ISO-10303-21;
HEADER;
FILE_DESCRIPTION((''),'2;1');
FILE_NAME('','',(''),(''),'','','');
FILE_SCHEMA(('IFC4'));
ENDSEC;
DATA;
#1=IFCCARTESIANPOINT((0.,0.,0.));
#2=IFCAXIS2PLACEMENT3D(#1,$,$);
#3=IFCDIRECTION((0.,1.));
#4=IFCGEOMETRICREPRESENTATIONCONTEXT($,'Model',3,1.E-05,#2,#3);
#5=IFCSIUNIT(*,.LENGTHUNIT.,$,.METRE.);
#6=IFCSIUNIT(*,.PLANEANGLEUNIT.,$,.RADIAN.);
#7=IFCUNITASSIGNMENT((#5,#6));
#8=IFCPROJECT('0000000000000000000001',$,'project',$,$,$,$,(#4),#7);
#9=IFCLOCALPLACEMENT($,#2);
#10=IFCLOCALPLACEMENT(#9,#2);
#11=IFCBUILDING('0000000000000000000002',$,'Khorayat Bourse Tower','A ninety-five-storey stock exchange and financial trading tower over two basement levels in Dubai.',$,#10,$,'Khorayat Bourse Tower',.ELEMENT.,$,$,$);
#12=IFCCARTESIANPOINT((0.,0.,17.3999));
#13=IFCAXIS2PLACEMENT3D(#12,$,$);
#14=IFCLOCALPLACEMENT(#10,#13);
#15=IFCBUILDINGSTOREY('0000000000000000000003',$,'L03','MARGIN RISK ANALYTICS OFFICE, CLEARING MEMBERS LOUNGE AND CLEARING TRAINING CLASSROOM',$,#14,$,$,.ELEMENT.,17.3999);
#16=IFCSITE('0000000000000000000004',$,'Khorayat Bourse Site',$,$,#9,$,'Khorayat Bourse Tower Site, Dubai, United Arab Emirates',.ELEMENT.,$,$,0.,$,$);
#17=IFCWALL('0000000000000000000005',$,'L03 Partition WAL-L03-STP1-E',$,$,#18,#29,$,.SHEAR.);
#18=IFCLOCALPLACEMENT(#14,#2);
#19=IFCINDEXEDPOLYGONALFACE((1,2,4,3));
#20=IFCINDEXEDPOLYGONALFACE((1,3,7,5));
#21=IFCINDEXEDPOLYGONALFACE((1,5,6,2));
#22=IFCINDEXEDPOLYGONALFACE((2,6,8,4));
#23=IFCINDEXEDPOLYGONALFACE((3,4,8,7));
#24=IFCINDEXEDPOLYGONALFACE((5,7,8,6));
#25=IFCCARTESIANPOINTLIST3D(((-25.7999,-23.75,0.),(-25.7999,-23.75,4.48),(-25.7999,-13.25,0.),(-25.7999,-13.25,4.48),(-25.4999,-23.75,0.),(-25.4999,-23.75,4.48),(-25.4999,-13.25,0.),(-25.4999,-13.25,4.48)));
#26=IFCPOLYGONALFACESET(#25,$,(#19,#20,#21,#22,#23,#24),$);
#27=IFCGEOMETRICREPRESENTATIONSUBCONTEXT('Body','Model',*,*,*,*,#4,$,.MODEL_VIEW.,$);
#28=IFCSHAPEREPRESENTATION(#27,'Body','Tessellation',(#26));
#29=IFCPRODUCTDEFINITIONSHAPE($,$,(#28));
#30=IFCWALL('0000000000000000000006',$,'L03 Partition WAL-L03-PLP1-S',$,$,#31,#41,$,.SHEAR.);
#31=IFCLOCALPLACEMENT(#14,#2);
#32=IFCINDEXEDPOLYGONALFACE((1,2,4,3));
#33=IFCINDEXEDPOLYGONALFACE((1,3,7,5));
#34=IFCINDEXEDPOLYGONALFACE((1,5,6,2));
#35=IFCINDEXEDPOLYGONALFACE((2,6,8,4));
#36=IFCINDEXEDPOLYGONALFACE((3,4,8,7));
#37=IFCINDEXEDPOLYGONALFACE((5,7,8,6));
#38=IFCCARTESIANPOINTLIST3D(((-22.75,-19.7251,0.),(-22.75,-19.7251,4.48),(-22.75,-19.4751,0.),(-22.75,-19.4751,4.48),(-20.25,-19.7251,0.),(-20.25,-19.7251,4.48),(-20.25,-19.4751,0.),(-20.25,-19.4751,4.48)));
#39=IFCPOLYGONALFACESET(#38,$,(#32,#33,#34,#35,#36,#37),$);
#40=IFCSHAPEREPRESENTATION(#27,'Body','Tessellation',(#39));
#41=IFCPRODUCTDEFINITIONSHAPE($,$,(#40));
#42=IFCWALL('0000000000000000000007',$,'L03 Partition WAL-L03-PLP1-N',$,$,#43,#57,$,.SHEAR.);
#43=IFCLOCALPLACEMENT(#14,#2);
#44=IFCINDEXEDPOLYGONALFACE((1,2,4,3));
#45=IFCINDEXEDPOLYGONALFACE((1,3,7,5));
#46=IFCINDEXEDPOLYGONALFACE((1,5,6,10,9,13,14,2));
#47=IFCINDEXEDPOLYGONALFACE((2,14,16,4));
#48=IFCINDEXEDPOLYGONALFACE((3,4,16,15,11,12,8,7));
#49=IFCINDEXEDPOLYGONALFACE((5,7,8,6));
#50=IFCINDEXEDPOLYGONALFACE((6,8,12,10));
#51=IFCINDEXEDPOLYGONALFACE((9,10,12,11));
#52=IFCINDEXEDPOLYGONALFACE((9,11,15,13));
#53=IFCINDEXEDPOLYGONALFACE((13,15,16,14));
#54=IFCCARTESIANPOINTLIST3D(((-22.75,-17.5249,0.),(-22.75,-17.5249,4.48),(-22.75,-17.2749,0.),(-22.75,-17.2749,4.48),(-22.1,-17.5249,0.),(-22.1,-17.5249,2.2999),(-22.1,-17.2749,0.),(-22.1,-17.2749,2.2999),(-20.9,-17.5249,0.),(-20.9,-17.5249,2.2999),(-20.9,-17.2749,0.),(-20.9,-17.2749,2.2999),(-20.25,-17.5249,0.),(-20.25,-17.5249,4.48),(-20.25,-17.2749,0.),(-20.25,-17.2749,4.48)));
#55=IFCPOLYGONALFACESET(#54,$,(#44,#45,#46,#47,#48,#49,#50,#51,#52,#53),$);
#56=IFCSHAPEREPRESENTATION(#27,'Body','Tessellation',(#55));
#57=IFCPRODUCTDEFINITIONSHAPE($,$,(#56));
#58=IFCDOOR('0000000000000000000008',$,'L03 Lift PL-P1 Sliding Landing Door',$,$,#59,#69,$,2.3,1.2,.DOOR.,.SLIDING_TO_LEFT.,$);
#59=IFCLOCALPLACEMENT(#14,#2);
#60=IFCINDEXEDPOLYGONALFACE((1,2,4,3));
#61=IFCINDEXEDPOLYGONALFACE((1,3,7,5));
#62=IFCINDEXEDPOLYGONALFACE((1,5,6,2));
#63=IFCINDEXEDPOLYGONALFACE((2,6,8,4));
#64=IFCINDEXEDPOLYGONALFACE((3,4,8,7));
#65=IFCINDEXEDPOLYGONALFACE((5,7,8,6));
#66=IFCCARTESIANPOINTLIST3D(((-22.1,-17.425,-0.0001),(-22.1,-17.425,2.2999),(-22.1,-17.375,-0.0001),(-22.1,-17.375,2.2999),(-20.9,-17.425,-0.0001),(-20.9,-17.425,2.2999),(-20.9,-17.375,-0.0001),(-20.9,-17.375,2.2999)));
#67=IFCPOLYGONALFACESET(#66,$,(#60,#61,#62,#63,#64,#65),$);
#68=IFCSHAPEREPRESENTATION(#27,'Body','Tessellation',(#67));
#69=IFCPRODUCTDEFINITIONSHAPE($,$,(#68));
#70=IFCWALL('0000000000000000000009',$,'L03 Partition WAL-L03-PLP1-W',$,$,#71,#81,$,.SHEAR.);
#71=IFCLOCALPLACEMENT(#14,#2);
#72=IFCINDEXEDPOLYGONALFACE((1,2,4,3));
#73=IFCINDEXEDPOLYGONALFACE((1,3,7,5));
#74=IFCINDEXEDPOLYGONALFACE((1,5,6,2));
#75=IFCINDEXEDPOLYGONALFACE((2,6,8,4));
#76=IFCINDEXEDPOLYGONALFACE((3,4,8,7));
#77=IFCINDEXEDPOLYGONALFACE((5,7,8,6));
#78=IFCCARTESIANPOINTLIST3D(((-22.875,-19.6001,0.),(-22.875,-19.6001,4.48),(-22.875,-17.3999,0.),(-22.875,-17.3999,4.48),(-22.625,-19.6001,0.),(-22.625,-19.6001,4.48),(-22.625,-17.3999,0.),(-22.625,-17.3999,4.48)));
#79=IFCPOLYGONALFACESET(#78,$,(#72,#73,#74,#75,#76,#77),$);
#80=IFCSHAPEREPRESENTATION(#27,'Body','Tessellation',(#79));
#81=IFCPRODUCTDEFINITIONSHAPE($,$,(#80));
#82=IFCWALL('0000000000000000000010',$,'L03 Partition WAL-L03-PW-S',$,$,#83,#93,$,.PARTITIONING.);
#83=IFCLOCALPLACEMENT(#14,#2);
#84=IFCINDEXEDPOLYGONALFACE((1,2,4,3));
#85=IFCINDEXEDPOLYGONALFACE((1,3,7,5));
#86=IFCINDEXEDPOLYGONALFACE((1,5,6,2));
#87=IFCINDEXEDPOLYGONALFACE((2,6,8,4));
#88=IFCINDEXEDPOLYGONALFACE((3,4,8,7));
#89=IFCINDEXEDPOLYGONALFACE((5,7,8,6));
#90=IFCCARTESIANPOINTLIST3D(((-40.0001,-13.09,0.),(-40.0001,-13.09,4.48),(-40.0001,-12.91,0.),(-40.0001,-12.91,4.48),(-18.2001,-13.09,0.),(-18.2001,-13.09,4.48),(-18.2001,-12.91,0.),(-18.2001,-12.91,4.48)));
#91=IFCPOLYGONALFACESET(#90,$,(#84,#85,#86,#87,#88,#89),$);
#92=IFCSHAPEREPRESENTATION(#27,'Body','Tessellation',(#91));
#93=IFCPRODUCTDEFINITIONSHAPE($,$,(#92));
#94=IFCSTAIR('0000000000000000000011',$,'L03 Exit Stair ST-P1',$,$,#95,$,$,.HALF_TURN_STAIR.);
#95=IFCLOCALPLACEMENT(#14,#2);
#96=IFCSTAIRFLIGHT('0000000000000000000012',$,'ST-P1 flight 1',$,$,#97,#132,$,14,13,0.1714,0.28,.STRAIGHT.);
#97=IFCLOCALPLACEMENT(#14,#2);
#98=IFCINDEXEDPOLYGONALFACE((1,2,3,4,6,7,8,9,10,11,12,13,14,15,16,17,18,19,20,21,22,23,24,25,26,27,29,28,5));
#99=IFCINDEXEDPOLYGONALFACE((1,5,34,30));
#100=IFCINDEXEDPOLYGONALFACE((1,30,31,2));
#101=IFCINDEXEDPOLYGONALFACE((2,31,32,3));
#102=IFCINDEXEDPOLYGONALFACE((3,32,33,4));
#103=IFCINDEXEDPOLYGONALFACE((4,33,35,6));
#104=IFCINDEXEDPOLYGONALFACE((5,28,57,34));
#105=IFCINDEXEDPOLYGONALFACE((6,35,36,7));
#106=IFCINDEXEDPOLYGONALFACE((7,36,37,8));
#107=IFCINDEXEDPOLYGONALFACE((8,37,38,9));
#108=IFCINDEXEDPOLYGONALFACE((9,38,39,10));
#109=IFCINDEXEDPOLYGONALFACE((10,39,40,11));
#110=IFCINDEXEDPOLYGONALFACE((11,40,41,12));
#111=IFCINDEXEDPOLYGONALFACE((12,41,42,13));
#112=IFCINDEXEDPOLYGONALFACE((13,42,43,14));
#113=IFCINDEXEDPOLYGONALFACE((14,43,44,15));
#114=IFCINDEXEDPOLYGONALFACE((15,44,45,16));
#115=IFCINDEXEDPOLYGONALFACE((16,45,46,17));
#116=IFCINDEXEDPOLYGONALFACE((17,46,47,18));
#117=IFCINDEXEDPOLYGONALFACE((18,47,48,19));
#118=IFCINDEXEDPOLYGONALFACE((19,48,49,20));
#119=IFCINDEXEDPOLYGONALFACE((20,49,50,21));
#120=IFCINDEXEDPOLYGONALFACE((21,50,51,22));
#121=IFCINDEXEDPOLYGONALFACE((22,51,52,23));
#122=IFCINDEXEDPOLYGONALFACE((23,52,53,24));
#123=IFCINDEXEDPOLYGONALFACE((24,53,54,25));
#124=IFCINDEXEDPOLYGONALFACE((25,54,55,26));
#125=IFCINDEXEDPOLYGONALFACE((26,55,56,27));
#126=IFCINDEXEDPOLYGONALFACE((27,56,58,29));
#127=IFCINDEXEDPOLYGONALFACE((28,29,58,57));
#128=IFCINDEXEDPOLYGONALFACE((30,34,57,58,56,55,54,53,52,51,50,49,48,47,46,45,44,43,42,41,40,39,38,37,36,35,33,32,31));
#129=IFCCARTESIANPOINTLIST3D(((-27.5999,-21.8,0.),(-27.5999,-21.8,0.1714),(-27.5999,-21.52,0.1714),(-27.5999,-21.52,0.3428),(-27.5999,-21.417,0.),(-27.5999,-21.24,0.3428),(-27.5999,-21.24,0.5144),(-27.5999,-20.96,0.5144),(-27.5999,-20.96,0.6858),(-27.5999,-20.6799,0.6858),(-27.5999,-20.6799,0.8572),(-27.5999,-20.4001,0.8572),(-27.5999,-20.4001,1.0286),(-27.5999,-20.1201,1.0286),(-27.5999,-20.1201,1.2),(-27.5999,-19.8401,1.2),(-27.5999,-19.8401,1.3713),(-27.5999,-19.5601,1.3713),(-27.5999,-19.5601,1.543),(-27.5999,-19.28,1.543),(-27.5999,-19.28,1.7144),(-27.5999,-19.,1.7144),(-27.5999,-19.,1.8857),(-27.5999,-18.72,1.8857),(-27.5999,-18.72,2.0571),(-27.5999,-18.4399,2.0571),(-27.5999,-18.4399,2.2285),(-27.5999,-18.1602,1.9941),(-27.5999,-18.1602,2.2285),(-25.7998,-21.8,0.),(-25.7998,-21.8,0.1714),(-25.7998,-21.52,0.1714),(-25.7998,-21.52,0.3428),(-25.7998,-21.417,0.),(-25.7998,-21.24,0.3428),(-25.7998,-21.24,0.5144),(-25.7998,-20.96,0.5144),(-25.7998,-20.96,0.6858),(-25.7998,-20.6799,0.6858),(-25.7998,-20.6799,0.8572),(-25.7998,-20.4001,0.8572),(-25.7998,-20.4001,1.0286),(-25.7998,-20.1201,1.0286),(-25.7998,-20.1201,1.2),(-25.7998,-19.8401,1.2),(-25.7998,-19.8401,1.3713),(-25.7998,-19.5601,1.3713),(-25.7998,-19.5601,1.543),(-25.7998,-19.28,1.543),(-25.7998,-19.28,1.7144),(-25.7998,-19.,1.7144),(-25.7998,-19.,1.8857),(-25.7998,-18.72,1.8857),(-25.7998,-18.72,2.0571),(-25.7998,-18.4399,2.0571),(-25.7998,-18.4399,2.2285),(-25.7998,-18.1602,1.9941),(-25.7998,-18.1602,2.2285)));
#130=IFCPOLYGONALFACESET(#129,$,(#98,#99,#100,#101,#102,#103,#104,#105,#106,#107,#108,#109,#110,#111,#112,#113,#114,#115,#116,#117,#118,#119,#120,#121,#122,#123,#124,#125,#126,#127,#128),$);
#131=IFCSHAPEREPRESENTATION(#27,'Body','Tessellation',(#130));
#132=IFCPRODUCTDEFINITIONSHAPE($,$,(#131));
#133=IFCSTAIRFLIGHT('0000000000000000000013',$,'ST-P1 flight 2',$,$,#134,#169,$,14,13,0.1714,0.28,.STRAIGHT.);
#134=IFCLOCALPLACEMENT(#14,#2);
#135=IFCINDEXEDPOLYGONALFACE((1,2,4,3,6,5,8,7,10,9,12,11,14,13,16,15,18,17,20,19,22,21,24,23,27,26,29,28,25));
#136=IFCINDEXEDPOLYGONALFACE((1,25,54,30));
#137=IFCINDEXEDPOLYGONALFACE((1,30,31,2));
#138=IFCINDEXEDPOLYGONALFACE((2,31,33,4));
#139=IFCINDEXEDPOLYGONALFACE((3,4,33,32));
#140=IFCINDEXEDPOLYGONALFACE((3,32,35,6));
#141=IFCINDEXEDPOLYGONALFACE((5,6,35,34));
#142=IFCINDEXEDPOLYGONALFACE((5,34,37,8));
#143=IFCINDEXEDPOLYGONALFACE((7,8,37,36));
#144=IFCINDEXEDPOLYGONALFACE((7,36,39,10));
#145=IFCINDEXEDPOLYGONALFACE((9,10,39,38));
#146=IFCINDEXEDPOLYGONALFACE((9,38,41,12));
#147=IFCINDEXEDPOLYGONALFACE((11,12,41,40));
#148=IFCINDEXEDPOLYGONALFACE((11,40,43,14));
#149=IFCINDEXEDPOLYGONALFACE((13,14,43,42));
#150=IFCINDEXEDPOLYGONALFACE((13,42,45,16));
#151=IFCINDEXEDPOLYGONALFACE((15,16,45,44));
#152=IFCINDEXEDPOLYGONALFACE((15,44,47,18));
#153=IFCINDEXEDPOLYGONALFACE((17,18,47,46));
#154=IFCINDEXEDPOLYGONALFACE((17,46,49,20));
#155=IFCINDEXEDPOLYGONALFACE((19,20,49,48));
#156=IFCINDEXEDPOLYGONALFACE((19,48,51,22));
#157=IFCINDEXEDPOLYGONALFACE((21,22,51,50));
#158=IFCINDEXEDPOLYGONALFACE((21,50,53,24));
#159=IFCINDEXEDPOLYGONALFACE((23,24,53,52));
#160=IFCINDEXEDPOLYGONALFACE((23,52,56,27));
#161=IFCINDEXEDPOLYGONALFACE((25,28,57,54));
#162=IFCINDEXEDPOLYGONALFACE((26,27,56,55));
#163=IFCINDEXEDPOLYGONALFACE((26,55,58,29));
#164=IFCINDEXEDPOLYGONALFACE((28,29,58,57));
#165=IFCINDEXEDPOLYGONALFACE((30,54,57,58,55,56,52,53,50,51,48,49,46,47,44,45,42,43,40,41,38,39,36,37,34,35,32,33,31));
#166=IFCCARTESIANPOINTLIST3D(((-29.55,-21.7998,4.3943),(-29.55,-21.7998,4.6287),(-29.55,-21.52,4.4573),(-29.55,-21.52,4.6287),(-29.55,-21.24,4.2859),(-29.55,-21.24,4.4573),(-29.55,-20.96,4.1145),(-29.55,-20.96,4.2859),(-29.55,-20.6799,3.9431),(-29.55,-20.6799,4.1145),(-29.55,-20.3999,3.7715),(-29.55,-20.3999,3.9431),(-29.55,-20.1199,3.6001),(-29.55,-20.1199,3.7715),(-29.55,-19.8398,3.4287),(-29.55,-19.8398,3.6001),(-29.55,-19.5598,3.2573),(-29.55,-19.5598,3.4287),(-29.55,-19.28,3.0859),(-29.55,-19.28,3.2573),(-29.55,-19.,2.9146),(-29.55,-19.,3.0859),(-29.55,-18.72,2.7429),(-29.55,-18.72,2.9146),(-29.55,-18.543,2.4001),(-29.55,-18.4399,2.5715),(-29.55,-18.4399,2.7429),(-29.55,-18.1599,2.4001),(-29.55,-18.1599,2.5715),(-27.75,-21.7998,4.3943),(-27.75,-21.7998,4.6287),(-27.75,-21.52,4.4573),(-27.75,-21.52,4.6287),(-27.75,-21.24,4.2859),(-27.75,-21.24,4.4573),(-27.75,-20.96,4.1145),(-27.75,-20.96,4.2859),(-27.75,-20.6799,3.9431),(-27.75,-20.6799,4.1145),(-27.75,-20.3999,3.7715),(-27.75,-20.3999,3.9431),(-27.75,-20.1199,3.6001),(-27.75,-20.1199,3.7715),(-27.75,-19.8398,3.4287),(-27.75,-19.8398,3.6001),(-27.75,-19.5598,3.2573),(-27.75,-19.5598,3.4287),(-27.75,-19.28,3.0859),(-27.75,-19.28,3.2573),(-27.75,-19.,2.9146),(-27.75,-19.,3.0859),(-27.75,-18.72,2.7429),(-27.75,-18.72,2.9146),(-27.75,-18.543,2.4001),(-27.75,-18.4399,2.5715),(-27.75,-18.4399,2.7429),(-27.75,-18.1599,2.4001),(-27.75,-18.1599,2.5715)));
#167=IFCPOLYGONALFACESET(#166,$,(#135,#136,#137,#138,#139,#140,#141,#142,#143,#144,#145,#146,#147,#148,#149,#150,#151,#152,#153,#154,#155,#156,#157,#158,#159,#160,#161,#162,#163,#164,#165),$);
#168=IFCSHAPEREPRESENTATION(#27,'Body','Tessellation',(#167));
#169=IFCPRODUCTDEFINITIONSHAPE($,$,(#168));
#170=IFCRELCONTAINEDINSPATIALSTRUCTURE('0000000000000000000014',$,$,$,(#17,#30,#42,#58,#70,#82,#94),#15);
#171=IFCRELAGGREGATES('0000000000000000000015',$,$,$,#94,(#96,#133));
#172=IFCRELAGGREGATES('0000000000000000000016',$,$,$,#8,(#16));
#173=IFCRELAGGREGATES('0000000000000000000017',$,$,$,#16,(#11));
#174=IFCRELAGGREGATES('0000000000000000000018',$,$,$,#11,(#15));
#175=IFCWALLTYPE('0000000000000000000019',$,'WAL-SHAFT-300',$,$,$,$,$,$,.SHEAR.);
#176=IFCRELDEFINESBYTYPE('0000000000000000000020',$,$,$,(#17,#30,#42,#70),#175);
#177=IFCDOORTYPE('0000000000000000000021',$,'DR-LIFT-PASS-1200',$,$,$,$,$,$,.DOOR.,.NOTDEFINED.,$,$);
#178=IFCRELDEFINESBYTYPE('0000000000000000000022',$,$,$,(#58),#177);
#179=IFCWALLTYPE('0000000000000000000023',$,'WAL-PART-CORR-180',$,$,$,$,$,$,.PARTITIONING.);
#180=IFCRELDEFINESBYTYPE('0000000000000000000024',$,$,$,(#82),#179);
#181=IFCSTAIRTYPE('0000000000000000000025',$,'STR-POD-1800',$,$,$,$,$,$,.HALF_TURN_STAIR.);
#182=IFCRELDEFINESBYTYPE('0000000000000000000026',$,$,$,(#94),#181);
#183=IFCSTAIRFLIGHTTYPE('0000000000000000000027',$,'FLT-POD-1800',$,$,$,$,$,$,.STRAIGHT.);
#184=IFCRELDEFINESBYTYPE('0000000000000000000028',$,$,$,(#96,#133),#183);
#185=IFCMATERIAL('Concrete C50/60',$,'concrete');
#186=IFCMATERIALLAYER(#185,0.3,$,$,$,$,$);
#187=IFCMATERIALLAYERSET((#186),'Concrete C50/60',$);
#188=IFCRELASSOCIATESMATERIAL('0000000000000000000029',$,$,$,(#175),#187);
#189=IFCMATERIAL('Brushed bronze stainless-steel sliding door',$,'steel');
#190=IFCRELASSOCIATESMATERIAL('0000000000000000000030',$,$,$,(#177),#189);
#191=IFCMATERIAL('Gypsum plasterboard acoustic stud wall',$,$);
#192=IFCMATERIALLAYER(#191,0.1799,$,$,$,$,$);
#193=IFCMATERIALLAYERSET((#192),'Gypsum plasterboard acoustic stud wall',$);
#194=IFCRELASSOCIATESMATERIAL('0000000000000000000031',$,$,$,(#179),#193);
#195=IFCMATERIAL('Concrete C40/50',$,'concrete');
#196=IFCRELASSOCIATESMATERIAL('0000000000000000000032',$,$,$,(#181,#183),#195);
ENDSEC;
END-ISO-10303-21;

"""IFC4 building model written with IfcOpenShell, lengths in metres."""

from ifc_helpers import new_model, si_unit, direction, frame, frame_2d, origin, place, context, subcontext, project, spatial, polyline, rectangle, outline, extrude, source, transform, mapped, material, layer, layer_set, type_object, element, fill, aggregate, save


model = new_model("IFC4")

# Units and contexts
model_context = context("Model", 3, precision=1e-05, world=origin(), true_north=direction((0.0, 1.0)))
body_context = subcontext(model_context, "Body", "Model", "MODEL_VIEW")
ifc_project = project(units=[si_unit("LENGTHUNIT", "METRE"), si_unit("PLANEANGLEUNIT", "RADIAN")], contexts=[model_context])

# Site, building, storey
site_placement = place(None, origin())
site = spatial("IfcSite", under=ifc_project, at=site_placement, Name="Khorayat Bourse Site", LongName="Khorayat Bourse Tower Site, Dubai, United Arab Emirates", CompositionType="ELEMENT", RefElevation=0.0)
building_placement = place(site_placement, origin())
building = spatial("IfcBuilding", under=site, at=building_placement, Name="Khorayat Bourse Tower", Description="A ninety-five-storey stock exchange and financial trading tower over two basement levels in Dubai.", LongName="Khorayat Bourse Tower", CompositionType="ELEMENT")
storey_placement = place(building_placement, frame((0.0, 0.0, 17.3999)))
storey = spatial("IfcBuildingStorey", under=building, at=storey_placement, Name="L03", Description="MARGIN RISK ANALYTICS OFFICE, CLEARING MEMBERS LOUNGE AND CLEARING TRAINING CLASSROOM", CompositionType="ELEMENT", Elevation=17.3999)

# Shared definitions
ifc_material_1 = material(Name="Concrete C50/60", Category="concrete")
ifc_layer_1 = layer(ifc_material_1, 0.3)
ifc_layer_set_1 = layer_set([ifc_layer_1], Name="Concrete C50/60")
wall_type_1 = type_object("IfcWallType", Name="WAL-SHAFT-300", PredefinedType="SHEAR", material=ifc_layer_set_1)

# Walls
shared_shape_1 = source(origin(), body_context, "Body", "SweptSolid", [
    extrude(rectangle(XDim=10.5, YDim=0.3, at=frame_2d((5.25, 0.0))), origin(), (0.0, 0.0, 1.0), 4.48),
])
for number, where, z_axis, x_axis, name in (
    (1, (-25.6499, -23.75, 0.0), (0.0, 0.0, 1.0), (0.0, 1.0, 0.0), "L03 Partition WAL-L03-STP1-E"),
):
    element("IfcWall", number, at=place(storey_placement, frame(where, z_axis=z_axis, x_axis=x_axis)), inside=storey, type_object=wall_type_1, Name=name, PredefinedType="SHEAR", context=body_context, shape_type="MappedRepresentation", body=[
        mapped(shared_shape_1, transform((0.0, 0.0, 0.0), scale=1.0)),
    ])
shared_shape_2 = source(origin(), body_context, "Body", "SweptSolid", [
    extrude(rectangle(XDim=2.5, YDim=0.25, at=frame_2d((1.25, 0.0))), origin(), (0.0, 0.0, 1.0), 4.48),
])
wall_1_placement = place(storey_placement, frame((-22.75, -19.6001, 0.0), z_axis=(0.0, 0.0, 1.0), x_axis=(1.0, 0.0, 0.0)))
element("IfcWall", 2, at=wall_1_placement, inside=storey, type_object=wall_type_1, Name="L03 Partition WAL-L03-PLP1-S", PredefinedType="SHEAR", context=body_context, shape_type="MappedRepresentation", body=[
    mapped(shared_shape_2, transform((0.0, 0.0, 0.0), scale=1.0)),
])

# Wall, opening, door
wall_2_placement = place(storey_placement, frame((-22.75, -17.3999, 0.0), z_axis=(0.0, 0.0, 1.0), x_axis=(1.0, 0.0, 0.0)))
wall_2 = element("IfcWall", 3, at=wall_2_placement, inside=storey, type_object=wall_type_1, Name="L03 Partition WAL-L03-PLP1-N", PredefinedType="SHEAR", context=body_context, shape_type="MappedRepresentation", body=[
    mapped(shared_shape_2, transform((0.0, 0.0, 0.0), scale=1.0)),
])
shared_shape_3 = source(origin(), body_context, "Body", "SweptSolid", [
    extrude(rectangle(XDim=1.2, YDim=2.3, at=frame_2d((0.6001, 1.1499))), frame((0.0, 0.135, 0.0), z_axis=(0.0, -1.0, 0.0), x_axis=(1.0, 0.0, 0.0)), (0.0, 0.0, 1.0), 0.27),
])
opening_1_placement = place(wall_2_placement, frame((0.6499, 0.0, 0.0)))
opening_1 = element("IfcOpeningElement", 4, at=opening_1_placement, cuts=wall_2, PredefinedType="OPENING", context=body_context, shape_type="MappedRepresentation", body=[
    mapped(shared_shape_3, transform((0.0, 0.0, 0.0), scale=1.0)),
])
ifc_material_2 = material(Name="Brushed bronze stainless-steel sliding door", Category="steel")
door_type_1 = type_object("IfcDoorType", Name="DR-LIFT-PASS-1200", OperationType="NOTDEFINED", PredefinedType="DOOR", material=ifc_material_2)
shared_shape_4 = source(origin(), body_context, "Body", "SweptSolid", [
    extrude(rectangle(XDim=1.2, YDim=2.3, at=frame_2d((0.6001, 1.1499))), frame((0.0, 0.0249, 0.0), z_axis=(0.0, -1.0, 0.0), x_axis=(1.0, 0.0, 0.0)), (0.0, 0.0, 1.0), 0.05),
])
door_1_placement = place(opening_1_placement, origin())
door_1 = element("IfcDoor", 5, at=door_1_placement, inside=storey, type_object=door_type_1, Name="L03 Lift PL-P1 Sliding Landing Door", OperationType="SLIDING_TO_LEFT", OverallHeight=2.3, OverallWidth=1.2, PredefinedType="DOOR", context=body_context, shape_type="MappedRepresentation", body=[
    mapped(shared_shape_4, transform((0.0, 0.0, 0.0), scale=1.0)),
])
fill(opening_1, door_1)

# Walls
shared_shape_5 = source(origin(), body_context, "Body", "SweptSolid", [
    extrude(rectangle(XDim=2.2002, YDim=0.25, at=frame_2d((1.1001, 0.0))), origin(), (0.0, 0.0, 1.0), 4.48),
])
wall_3_placement = place(storey_placement, frame((-22.75, -19.6001, 0.0), z_axis=(0.0, 0.0, 1.0), x_axis=(0.0, 1.0, 0.0)))
element("IfcWall", 6, at=wall_3_placement, inside=storey, type_object=wall_type_1, Name="L03 Partition WAL-L03-PLP1-W", PredefinedType="SHEAR", context=body_context, shape_type="MappedRepresentation", body=[
    mapped(shared_shape_5, transform((0.0, 0.0, 0.0), scale=1.0)),
])
ifc_material_3 = material(Name="Gypsum plasterboard acoustic stud wall")
ifc_layer_2 = layer(ifc_material_3, 0.1799)
ifc_layer_set_2 = layer_set([ifc_layer_2], Name="Gypsum plasterboard acoustic stud wall")
wall_type_2 = type_object("IfcWallType", Name="WAL-PART-CORR-180", PredefinedType="PARTITIONING", material=ifc_layer_set_2)
shared_shape_6 = source(origin(), body_context, "Body", "SweptSolid", [
    extrude(rectangle(XDim=21.8, YDim=0.1799, at=frame_2d((10.8999, 0.0))), origin(), (0.0, 0.0, 1.0), 4.48),
])
wall_4_placement = place(storey_placement, frame((-40.0, -13.0, 0.0), z_axis=(0.0, 0.0, 1.0), x_axis=(1.0, 0.0, 0.0)))
element("IfcWall", 7, at=wall_4_placement, inside=storey, type_object=wall_type_2, Name="L03 Partition WAL-L03-PW-S", PredefinedType="PARTITIONING", context=body_context, shape_type="MappedRepresentation", body=[
    mapped(shared_shape_6, transform((0.0, 0.0, 0.0), scale=1.0)),
])

# Stair, stair flights
ifc_material_4 = material(Name="Concrete C40/50", Category="concrete")
stair_type = type_object("IfcStairType", Name="STR-POD-1800", PredefinedType="HALF_TURN_STAIR", material=ifc_material_4)
stair_placement = place(storey_placement, origin())
stair = element("IfcStair", 8, at=stair_placement, inside=storey, type_object=stair_type, Name="L03 Exit Stair ST-P1", PredefinedType="HALF_TURN_STAIR")
stair_flight_type = type_object("IfcStairFlightType", Name="FLT-POD-1800", PredefinedType="STRAIGHT", material=ifc_material_4)
shared_shape_7 = source(origin(), body_context, "Body", "SweptSolid", [
    extrude(outline(polyline([(0.0, 0.0), (0.0, 0.1714), (0.28, 0.1714), (0.28, 0.3428), (0.5601, 0.3428), (0.5601, 0.5144), (0.8401, 0.5144), (0.8401, 0.6858), (1.1201, 0.6858), (1.1201, 0.8572), (1.3999, 0.8572), (1.3999, 1.0286), (1.6799, 1.0286), (1.6799, 1.2), (1.96, 1.2), (1.96, 1.3713), (2.24, 1.3713), (2.24, 1.543), (2.52, 1.543), (2.52, 1.7144), (2.8, 1.7144), (2.8, 1.8857), (3.0801, 1.8857), (3.0801, 2.0571), (3.3601, 2.0571), (3.3601, 2.2285), (3.6399, 2.2285), (3.6399, 2.3999), (3.6399, 1.9941), (0.3831, 0.0), (0.0, 0.0)])), frame((0.0, 0.8999, 0.0), z_axis=(0.0, -1.0, 0.0), x_axis=(1.0, 0.0, 0.0)), (0.0, 0.0, 1.0), 1.8),
])
stair_flight_1_placement = place(storey_placement, frame((-26.7, -21.8, 0.0), z_axis=(0.0, 0.0, 1.0), x_axis=(0.0, 1.0, 0.0)))
stair_flight_1 = element("IfcStairFlight", 9, at=stair_flight_1_placement, type_object=stair_flight_type, Name="ST-P1 flight 1", NumberOfRisers=14, NumberOfTreads=13, PredefinedType="STRAIGHT", RiserHeight=0.1714, TreadLength=0.28, context=body_context, shape_type="MappedRepresentation", body=[
    mapped(shared_shape_7, transform((0.0, 0.0, 0.0), scale=1.0)),
])
stair_flight_2_placement = place(storey_placement, frame((-28.6499, -18.1599, 2.4001), z_axis=(0.0, 0.0, 1.0), x_axis=(0.0, -1.0, 0.0)))
stair_flight_2 = element("IfcStairFlight", 10, at=stair_flight_2_placement, type_object=stair_flight_type, Name="ST-P1 flight 2", NumberOfRisers=14, NumberOfTreads=13, PredefinedType="STRAIGHT", RiserHeight=0.1714, TreadLength=0.28, context=body_context, shape_type="MappedRepresentation", body=[
    mapped(shared_shape_7, transform((0.0, 0.0, 0.0), scale=1.0)),
])
aggregate(stair, [stair_flight_1, stair_flight_2])

save(model, "model.ifc")
